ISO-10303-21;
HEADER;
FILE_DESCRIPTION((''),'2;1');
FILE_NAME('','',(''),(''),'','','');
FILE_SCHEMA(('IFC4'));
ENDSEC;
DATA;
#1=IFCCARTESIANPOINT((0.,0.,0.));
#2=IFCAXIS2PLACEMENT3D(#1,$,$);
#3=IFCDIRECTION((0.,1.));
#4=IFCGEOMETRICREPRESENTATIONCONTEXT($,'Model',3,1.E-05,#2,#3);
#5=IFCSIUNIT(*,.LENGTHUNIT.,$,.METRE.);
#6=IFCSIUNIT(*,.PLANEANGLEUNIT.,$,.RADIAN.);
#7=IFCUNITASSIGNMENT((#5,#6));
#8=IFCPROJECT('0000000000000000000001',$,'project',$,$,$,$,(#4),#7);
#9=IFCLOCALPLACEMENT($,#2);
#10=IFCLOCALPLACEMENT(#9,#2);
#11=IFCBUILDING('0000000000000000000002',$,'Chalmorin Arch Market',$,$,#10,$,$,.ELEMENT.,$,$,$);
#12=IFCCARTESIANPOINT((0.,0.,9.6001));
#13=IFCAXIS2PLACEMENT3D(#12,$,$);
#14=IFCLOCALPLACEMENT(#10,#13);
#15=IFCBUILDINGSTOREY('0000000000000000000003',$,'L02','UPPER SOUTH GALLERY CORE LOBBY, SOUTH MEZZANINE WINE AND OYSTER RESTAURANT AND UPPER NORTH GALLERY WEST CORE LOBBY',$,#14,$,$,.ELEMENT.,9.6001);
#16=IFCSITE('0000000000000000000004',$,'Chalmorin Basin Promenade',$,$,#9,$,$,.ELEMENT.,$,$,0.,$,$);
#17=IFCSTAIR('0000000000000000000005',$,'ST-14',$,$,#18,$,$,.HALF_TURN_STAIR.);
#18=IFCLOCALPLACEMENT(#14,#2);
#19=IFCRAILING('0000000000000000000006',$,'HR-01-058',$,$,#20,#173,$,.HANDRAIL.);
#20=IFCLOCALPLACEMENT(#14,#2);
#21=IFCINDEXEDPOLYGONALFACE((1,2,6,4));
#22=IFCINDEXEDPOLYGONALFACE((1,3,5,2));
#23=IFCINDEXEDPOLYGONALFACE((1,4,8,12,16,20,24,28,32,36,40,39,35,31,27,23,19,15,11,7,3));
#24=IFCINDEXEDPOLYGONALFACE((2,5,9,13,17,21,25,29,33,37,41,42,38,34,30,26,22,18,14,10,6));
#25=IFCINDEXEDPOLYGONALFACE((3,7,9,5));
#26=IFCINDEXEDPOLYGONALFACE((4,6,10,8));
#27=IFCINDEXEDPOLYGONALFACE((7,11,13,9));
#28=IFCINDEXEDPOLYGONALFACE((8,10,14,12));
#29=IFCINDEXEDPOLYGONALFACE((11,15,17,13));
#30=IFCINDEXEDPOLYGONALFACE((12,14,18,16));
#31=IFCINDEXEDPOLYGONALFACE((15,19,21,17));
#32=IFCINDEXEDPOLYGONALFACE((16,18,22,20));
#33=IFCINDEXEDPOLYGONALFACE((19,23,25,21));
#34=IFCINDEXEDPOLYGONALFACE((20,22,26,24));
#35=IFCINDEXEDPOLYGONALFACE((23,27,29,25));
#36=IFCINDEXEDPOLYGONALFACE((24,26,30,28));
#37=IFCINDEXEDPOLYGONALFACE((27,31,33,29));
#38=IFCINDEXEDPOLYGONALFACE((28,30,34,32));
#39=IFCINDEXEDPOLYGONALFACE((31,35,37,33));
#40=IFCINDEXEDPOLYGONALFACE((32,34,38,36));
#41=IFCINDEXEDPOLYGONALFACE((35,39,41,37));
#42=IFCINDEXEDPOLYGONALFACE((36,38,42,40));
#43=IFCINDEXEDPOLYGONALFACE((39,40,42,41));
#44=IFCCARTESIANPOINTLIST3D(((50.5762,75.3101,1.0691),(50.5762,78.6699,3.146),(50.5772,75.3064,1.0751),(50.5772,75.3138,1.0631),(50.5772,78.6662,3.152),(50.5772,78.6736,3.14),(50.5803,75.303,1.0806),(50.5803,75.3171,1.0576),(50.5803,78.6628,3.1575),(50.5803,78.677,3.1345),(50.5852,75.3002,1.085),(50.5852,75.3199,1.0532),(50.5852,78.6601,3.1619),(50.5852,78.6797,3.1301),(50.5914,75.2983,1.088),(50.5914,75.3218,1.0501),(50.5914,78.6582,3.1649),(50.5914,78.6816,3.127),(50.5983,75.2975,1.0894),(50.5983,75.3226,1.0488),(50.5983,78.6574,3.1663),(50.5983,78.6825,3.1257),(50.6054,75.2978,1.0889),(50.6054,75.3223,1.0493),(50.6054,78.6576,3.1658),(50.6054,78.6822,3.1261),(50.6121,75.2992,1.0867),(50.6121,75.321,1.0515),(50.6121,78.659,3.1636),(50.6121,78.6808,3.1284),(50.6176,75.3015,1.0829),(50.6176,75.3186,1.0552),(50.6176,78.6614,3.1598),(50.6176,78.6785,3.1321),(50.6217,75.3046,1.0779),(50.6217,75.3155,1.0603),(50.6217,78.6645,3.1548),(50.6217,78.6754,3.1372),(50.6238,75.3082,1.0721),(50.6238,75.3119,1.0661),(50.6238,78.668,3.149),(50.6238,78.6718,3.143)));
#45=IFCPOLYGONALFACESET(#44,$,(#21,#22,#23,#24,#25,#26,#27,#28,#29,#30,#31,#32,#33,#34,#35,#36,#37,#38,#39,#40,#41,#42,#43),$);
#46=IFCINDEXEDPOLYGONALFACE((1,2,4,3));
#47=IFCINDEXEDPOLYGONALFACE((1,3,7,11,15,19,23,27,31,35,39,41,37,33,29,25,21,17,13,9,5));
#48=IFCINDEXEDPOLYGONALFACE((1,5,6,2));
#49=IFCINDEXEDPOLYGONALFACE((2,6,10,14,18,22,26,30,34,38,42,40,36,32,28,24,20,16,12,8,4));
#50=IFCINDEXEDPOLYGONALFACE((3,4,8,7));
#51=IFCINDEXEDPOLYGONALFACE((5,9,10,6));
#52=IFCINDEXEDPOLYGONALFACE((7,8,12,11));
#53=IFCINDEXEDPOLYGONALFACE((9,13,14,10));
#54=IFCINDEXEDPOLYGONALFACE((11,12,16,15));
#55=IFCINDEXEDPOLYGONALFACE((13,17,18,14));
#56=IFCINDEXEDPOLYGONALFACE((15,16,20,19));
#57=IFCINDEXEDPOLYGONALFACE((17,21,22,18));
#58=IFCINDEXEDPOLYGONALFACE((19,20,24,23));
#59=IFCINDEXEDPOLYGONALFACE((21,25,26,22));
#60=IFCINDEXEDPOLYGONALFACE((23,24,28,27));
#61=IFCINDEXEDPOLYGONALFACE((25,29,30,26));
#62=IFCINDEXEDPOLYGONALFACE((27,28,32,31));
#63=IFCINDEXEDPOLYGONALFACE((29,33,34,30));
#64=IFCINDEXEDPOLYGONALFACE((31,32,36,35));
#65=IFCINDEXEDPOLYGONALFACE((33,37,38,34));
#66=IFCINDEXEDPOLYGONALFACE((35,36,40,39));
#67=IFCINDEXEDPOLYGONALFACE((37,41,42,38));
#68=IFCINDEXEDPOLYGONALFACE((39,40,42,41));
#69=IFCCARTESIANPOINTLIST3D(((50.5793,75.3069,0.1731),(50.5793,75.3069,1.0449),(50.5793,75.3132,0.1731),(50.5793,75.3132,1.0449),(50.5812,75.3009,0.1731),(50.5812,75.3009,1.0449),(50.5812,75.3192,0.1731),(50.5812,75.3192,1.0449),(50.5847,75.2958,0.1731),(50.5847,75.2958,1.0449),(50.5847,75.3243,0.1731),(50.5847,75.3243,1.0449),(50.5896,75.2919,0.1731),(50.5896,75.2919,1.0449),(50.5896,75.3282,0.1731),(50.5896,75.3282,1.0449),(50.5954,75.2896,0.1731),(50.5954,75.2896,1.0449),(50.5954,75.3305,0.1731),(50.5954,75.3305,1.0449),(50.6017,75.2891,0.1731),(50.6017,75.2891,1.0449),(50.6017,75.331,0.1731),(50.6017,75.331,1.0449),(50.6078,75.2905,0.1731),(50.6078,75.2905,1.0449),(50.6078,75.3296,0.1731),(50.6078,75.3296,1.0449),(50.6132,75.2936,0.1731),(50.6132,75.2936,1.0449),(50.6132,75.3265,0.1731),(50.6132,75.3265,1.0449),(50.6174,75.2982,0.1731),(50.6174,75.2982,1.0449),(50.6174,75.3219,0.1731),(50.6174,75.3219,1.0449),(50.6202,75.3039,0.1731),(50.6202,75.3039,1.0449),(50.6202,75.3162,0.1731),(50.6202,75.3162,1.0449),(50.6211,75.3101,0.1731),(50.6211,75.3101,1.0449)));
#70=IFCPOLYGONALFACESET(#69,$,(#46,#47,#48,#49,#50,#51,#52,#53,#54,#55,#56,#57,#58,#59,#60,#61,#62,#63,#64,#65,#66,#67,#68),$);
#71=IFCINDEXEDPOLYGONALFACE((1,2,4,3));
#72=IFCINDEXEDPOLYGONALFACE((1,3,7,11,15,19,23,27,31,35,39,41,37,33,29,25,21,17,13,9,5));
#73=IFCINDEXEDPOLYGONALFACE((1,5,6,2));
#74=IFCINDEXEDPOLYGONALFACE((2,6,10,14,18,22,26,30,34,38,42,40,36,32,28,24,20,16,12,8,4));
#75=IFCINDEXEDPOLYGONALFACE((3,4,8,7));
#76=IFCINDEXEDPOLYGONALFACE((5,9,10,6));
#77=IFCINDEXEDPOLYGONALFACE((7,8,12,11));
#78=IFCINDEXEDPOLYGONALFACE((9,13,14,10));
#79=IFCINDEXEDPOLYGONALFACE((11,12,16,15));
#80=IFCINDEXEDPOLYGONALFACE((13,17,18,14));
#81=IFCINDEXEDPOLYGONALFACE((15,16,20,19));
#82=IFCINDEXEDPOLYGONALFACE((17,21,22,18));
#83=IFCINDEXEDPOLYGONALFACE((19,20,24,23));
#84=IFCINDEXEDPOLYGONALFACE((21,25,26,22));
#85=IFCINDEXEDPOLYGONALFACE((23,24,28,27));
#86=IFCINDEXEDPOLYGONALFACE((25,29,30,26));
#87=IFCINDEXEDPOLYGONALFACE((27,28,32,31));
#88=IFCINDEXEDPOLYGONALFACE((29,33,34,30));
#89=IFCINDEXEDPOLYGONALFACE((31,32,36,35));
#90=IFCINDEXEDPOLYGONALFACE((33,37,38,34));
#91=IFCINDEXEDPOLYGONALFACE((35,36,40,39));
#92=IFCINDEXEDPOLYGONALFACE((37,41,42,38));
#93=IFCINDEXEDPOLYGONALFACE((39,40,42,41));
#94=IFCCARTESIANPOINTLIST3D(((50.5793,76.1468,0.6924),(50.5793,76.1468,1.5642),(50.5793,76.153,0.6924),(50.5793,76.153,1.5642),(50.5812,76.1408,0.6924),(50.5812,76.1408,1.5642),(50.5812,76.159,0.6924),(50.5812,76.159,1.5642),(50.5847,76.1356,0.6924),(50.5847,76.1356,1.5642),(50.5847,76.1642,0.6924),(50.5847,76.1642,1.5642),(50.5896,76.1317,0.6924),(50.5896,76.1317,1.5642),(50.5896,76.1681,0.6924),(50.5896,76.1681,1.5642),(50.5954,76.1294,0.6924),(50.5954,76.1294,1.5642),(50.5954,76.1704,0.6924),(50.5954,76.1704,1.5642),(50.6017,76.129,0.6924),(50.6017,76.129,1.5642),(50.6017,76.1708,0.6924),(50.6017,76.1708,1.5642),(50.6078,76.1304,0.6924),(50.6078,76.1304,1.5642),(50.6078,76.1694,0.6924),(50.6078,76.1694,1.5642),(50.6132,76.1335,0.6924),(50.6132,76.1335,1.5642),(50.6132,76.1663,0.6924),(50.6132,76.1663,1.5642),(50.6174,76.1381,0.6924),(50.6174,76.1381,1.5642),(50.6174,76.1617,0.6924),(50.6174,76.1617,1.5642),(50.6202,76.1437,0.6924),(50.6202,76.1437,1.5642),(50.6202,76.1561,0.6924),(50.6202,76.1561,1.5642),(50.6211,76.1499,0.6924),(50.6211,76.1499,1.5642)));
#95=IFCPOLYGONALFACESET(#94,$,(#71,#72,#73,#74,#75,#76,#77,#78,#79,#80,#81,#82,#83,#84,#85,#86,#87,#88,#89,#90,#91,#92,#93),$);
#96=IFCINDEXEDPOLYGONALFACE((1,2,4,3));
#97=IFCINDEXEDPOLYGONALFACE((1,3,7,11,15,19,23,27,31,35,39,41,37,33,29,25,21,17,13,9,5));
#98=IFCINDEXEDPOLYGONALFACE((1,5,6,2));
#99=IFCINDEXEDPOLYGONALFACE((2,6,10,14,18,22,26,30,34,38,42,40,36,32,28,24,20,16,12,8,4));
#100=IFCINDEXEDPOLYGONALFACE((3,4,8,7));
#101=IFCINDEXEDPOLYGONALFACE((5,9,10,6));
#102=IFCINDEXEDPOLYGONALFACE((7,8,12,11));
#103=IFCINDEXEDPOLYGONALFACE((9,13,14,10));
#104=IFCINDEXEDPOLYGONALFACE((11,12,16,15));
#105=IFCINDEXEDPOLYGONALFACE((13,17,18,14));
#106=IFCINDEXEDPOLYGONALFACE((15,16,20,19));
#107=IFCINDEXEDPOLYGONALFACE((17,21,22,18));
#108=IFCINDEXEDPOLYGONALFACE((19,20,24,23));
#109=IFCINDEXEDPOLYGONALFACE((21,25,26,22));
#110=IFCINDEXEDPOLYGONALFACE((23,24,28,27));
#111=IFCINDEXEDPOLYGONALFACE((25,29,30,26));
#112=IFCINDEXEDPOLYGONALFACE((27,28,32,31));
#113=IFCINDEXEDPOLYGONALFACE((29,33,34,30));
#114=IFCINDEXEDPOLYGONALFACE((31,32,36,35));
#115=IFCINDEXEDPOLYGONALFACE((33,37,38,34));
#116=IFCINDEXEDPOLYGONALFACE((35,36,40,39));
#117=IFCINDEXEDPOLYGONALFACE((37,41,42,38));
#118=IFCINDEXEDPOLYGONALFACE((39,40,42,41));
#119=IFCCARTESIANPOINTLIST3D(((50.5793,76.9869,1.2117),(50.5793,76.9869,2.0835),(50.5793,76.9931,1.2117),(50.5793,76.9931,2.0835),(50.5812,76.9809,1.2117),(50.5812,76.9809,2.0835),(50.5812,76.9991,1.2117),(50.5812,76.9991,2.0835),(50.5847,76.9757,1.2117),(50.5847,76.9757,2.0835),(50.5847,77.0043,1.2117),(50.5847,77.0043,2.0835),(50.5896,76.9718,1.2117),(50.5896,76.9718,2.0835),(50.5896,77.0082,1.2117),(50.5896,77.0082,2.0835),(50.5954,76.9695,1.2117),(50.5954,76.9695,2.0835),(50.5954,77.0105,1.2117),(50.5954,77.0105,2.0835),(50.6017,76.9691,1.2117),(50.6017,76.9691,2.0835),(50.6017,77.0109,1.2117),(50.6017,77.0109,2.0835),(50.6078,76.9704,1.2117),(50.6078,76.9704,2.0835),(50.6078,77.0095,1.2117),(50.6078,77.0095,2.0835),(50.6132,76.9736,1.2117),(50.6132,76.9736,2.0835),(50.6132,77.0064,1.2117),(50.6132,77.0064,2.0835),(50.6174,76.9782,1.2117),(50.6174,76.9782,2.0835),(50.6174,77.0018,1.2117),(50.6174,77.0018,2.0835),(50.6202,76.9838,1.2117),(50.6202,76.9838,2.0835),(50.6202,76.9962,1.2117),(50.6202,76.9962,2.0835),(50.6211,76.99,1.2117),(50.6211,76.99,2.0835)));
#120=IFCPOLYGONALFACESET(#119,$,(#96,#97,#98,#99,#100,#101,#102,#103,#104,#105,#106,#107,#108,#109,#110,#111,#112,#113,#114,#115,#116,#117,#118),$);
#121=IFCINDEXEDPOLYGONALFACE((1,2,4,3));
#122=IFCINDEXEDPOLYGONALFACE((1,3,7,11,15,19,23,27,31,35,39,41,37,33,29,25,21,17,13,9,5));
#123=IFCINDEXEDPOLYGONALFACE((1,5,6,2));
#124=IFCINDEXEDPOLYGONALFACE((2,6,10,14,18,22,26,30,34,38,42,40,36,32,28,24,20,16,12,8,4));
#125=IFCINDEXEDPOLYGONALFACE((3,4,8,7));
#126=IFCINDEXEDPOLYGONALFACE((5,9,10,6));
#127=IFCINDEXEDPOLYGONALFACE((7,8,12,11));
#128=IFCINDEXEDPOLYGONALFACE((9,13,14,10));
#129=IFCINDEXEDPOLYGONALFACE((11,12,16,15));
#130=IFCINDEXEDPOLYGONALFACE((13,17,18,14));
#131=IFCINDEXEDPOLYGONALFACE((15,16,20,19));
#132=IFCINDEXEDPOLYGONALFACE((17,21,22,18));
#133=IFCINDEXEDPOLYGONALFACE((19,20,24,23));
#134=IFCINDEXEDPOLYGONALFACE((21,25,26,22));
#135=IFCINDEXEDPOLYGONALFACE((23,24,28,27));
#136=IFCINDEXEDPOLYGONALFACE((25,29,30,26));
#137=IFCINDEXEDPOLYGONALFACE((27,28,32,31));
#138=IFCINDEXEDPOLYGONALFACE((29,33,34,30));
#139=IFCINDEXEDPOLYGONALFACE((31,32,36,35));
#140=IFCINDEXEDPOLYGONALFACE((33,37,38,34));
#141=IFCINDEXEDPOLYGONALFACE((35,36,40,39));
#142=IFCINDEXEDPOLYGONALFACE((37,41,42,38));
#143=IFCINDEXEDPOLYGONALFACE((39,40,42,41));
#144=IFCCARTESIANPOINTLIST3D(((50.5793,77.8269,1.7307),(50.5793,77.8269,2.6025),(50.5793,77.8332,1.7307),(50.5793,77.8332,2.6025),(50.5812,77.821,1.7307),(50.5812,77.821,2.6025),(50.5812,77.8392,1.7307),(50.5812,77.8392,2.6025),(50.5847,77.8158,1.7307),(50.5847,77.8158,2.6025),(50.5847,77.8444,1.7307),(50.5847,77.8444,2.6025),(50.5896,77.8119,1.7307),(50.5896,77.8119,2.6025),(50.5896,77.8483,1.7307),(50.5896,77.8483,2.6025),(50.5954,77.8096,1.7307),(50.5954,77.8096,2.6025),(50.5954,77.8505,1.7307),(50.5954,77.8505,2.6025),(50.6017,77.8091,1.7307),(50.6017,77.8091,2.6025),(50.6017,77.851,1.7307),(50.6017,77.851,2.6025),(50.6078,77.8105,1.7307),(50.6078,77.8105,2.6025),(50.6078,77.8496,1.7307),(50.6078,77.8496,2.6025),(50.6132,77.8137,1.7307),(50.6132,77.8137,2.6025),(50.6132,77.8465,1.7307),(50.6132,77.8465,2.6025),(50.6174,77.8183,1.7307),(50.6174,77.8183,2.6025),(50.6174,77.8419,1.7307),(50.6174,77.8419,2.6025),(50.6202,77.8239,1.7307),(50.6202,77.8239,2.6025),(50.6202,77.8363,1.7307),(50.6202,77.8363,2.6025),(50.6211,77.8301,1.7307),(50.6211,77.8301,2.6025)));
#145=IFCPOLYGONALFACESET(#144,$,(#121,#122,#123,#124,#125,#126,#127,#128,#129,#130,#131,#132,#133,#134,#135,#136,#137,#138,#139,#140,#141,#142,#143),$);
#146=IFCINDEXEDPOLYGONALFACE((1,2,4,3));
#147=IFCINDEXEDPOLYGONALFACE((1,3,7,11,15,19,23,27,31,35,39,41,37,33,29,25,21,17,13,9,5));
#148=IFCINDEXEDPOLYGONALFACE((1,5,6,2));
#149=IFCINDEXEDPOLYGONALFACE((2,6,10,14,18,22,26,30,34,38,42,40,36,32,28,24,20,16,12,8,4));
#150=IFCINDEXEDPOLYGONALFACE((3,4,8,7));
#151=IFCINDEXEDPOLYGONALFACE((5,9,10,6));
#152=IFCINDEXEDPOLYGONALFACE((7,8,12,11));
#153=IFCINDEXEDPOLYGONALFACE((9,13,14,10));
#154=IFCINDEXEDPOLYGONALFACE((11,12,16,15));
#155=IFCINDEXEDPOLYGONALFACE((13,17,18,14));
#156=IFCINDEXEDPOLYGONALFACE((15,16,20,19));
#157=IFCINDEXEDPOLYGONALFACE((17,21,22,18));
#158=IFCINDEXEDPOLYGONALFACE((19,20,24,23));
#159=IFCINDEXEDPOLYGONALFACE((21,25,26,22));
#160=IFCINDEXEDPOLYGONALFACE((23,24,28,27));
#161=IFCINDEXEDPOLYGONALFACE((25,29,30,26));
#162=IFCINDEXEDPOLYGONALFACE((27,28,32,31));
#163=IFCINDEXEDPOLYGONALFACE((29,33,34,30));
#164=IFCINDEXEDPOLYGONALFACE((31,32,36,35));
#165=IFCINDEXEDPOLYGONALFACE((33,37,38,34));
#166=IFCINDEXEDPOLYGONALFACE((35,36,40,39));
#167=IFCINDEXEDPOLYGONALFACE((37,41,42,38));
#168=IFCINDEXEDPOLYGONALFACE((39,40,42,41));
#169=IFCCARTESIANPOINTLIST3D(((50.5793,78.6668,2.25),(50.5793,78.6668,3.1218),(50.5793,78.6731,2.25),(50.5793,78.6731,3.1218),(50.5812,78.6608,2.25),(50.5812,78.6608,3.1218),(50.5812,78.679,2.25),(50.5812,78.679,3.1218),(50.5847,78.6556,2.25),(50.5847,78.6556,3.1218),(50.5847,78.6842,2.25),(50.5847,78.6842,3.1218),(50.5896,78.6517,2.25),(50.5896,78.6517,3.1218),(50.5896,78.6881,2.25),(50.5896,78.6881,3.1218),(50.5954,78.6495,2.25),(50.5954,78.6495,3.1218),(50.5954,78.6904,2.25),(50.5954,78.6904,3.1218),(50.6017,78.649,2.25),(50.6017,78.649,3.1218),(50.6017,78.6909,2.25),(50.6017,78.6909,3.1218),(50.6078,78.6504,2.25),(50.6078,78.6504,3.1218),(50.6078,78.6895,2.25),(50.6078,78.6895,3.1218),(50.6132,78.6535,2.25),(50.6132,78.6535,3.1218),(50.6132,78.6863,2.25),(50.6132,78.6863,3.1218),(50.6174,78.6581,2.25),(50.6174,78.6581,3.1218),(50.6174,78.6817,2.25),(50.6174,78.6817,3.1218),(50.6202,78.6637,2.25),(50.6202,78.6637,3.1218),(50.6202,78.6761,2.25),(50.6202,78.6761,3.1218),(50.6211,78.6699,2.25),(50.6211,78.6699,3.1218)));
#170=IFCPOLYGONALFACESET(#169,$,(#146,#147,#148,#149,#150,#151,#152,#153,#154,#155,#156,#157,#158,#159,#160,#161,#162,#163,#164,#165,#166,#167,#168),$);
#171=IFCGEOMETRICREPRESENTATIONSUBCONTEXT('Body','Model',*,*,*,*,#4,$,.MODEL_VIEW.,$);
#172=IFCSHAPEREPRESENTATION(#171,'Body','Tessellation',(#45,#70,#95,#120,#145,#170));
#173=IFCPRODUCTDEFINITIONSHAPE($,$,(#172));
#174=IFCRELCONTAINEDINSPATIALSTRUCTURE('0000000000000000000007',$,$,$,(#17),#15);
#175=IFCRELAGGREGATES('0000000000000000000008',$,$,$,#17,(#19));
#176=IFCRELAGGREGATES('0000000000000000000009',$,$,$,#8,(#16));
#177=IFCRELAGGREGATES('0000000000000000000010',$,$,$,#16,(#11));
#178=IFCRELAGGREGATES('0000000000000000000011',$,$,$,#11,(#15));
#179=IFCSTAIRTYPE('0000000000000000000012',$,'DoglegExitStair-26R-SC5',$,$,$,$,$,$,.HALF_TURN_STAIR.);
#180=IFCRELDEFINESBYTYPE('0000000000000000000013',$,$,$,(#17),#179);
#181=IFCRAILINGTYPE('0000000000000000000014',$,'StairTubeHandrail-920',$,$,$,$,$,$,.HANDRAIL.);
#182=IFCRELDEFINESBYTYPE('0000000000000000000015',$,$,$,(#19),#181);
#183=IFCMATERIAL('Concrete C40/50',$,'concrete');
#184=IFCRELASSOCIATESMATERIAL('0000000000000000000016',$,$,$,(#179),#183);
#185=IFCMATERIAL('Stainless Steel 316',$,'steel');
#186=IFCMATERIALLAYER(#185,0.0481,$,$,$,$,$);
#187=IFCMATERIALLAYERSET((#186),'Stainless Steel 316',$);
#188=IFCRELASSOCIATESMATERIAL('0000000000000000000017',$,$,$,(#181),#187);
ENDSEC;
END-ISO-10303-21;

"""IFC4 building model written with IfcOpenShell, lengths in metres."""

from ifc_helpers import new_model, si_unit, direction, frame, origin, origin_2d, place, context, subcontext, project, spatial, circle, extrude, material, layer, layer_set, type_object, element, aggregate, save


model = new_model("IFC4")

# Units and contexts
model_context = context("Model", 3, precision=1e-05, world=origin(), true_north=direction((0.0, 1.0)))
body_context = subcontext(model_context, "Body", "Model", "MODEL_VIEW")
ifc_project = project(units=[si_unit("LENGTHUNIT", "METRE"), si_unit("PLANEANGLEUNIT", "RADIAN")], contexts=[model_context])

# Site, building, storey
site_placement = place(None, origin())
site = spatial("IfcSite", under=ifc_project, at=site_placement, Name="Chalmorin Basin Promenade", CompositionType="ELEMENT", RefElevation=0.0)
building_placement = place(site_placement, origin())
building = spatial("IfcBuilding", under=site, at=building_placement, Name="Chalmorin Arch Market", CompositionType="ELEMENT")
storey_placement = place(building_placement, frame((0.0, 0.0, 9.6001)))
storey = spatial("IfcBuildingStorey", under=building, at=storey_placement, Name="L02", Description="UPPER SOUTH GALLERY CORE LOBBY, SOUTH MEZZANINE WINE AND OYSTER RESTAURANT AND UPPER NORTH GALLERY WEST CORE LOBBY", CompositionType="ELEMENT", Elevation=9.6001)

# Shared definitions
ifc_material_1 = material(Name="Concrete C40/50", Category="concrete")

# Stair, railing
stair_type = type_object("IfcStairType", Name="DoglegExitStair-26R-SC5", PredefinedType="HALF_TURN_STAIR", material=ifc_material_1)
stair_placement = place(storey_placement, origin())
stair = element("IfcStair", 1, at=stair_placement, inside=storey, type_object=stair_type, Name="ST-14", PredefinedType="HALF_TURN_STAIR")
ifc_material_2 = material(Name="Stainless Steel 316", Category="steel")
ifc_layer_1 = layer(ifc_material_2, 0.0481)
ifc_layer_set_1 = layer_set([ifc_layer_1], Name="Stainless Steel 316")
railing_type_1 = type_object("IfcRailingType", Name="StairTubeHandrail-920", PredefinedType="HANDRAIL", material=ifc_layer_set_1)
railing_1_placement = place(storey_placement, frame((50.6001, 75.3101, 0.1731)))
railing_1 = element("IfcRailing", 2, at=railing_1_placement, type_object=railing_type_1, Name="HR-01-058", PredefinedType="HANDRAIL", context=body_context, shape_type="SweptSolid", body=[
    extrude(circle(Radius=0.0239, at=origin_2d()), frame((0.0, 0.0, 0.896), z_axis=(0.0, 0.850606, 0.525803), x_axis=(-1.0, 0.0, 0.0)), (0.0, 0.0, 1.0), 3.95),
    extrude(circle(Radius=0.021, at=origin_2d()), origin(), (0.0, 0.0, 1.0), 0.8718),
    extrude(circle(Radius=0.021, at=origin_2d()), frame((0.0, 0.8398, 0.5193)), (0.0, 0.0, 1.0), 0.8718),
    extrude(circle(Radius=0.021, at=origin_2d()), frame((0.0, 1.6799, 1.0386)), (0.0, 0.0, 1.0), 0.8718),
    extrude(circle(Radius=0.021, at=origin_2d()), frame((0.0, 2.52, 1.5576)), (0.0, 0.0, 1.0), 0.8718),
    extrude(circle(Radius=0.021, at=origin_2d()), frame((0.0, 3.3599, 2.0769)), (0.0, 0.0, 1.0), 0.8718),
])
aggregate(stair, [railing_1])

save(model, "model.ifc")
